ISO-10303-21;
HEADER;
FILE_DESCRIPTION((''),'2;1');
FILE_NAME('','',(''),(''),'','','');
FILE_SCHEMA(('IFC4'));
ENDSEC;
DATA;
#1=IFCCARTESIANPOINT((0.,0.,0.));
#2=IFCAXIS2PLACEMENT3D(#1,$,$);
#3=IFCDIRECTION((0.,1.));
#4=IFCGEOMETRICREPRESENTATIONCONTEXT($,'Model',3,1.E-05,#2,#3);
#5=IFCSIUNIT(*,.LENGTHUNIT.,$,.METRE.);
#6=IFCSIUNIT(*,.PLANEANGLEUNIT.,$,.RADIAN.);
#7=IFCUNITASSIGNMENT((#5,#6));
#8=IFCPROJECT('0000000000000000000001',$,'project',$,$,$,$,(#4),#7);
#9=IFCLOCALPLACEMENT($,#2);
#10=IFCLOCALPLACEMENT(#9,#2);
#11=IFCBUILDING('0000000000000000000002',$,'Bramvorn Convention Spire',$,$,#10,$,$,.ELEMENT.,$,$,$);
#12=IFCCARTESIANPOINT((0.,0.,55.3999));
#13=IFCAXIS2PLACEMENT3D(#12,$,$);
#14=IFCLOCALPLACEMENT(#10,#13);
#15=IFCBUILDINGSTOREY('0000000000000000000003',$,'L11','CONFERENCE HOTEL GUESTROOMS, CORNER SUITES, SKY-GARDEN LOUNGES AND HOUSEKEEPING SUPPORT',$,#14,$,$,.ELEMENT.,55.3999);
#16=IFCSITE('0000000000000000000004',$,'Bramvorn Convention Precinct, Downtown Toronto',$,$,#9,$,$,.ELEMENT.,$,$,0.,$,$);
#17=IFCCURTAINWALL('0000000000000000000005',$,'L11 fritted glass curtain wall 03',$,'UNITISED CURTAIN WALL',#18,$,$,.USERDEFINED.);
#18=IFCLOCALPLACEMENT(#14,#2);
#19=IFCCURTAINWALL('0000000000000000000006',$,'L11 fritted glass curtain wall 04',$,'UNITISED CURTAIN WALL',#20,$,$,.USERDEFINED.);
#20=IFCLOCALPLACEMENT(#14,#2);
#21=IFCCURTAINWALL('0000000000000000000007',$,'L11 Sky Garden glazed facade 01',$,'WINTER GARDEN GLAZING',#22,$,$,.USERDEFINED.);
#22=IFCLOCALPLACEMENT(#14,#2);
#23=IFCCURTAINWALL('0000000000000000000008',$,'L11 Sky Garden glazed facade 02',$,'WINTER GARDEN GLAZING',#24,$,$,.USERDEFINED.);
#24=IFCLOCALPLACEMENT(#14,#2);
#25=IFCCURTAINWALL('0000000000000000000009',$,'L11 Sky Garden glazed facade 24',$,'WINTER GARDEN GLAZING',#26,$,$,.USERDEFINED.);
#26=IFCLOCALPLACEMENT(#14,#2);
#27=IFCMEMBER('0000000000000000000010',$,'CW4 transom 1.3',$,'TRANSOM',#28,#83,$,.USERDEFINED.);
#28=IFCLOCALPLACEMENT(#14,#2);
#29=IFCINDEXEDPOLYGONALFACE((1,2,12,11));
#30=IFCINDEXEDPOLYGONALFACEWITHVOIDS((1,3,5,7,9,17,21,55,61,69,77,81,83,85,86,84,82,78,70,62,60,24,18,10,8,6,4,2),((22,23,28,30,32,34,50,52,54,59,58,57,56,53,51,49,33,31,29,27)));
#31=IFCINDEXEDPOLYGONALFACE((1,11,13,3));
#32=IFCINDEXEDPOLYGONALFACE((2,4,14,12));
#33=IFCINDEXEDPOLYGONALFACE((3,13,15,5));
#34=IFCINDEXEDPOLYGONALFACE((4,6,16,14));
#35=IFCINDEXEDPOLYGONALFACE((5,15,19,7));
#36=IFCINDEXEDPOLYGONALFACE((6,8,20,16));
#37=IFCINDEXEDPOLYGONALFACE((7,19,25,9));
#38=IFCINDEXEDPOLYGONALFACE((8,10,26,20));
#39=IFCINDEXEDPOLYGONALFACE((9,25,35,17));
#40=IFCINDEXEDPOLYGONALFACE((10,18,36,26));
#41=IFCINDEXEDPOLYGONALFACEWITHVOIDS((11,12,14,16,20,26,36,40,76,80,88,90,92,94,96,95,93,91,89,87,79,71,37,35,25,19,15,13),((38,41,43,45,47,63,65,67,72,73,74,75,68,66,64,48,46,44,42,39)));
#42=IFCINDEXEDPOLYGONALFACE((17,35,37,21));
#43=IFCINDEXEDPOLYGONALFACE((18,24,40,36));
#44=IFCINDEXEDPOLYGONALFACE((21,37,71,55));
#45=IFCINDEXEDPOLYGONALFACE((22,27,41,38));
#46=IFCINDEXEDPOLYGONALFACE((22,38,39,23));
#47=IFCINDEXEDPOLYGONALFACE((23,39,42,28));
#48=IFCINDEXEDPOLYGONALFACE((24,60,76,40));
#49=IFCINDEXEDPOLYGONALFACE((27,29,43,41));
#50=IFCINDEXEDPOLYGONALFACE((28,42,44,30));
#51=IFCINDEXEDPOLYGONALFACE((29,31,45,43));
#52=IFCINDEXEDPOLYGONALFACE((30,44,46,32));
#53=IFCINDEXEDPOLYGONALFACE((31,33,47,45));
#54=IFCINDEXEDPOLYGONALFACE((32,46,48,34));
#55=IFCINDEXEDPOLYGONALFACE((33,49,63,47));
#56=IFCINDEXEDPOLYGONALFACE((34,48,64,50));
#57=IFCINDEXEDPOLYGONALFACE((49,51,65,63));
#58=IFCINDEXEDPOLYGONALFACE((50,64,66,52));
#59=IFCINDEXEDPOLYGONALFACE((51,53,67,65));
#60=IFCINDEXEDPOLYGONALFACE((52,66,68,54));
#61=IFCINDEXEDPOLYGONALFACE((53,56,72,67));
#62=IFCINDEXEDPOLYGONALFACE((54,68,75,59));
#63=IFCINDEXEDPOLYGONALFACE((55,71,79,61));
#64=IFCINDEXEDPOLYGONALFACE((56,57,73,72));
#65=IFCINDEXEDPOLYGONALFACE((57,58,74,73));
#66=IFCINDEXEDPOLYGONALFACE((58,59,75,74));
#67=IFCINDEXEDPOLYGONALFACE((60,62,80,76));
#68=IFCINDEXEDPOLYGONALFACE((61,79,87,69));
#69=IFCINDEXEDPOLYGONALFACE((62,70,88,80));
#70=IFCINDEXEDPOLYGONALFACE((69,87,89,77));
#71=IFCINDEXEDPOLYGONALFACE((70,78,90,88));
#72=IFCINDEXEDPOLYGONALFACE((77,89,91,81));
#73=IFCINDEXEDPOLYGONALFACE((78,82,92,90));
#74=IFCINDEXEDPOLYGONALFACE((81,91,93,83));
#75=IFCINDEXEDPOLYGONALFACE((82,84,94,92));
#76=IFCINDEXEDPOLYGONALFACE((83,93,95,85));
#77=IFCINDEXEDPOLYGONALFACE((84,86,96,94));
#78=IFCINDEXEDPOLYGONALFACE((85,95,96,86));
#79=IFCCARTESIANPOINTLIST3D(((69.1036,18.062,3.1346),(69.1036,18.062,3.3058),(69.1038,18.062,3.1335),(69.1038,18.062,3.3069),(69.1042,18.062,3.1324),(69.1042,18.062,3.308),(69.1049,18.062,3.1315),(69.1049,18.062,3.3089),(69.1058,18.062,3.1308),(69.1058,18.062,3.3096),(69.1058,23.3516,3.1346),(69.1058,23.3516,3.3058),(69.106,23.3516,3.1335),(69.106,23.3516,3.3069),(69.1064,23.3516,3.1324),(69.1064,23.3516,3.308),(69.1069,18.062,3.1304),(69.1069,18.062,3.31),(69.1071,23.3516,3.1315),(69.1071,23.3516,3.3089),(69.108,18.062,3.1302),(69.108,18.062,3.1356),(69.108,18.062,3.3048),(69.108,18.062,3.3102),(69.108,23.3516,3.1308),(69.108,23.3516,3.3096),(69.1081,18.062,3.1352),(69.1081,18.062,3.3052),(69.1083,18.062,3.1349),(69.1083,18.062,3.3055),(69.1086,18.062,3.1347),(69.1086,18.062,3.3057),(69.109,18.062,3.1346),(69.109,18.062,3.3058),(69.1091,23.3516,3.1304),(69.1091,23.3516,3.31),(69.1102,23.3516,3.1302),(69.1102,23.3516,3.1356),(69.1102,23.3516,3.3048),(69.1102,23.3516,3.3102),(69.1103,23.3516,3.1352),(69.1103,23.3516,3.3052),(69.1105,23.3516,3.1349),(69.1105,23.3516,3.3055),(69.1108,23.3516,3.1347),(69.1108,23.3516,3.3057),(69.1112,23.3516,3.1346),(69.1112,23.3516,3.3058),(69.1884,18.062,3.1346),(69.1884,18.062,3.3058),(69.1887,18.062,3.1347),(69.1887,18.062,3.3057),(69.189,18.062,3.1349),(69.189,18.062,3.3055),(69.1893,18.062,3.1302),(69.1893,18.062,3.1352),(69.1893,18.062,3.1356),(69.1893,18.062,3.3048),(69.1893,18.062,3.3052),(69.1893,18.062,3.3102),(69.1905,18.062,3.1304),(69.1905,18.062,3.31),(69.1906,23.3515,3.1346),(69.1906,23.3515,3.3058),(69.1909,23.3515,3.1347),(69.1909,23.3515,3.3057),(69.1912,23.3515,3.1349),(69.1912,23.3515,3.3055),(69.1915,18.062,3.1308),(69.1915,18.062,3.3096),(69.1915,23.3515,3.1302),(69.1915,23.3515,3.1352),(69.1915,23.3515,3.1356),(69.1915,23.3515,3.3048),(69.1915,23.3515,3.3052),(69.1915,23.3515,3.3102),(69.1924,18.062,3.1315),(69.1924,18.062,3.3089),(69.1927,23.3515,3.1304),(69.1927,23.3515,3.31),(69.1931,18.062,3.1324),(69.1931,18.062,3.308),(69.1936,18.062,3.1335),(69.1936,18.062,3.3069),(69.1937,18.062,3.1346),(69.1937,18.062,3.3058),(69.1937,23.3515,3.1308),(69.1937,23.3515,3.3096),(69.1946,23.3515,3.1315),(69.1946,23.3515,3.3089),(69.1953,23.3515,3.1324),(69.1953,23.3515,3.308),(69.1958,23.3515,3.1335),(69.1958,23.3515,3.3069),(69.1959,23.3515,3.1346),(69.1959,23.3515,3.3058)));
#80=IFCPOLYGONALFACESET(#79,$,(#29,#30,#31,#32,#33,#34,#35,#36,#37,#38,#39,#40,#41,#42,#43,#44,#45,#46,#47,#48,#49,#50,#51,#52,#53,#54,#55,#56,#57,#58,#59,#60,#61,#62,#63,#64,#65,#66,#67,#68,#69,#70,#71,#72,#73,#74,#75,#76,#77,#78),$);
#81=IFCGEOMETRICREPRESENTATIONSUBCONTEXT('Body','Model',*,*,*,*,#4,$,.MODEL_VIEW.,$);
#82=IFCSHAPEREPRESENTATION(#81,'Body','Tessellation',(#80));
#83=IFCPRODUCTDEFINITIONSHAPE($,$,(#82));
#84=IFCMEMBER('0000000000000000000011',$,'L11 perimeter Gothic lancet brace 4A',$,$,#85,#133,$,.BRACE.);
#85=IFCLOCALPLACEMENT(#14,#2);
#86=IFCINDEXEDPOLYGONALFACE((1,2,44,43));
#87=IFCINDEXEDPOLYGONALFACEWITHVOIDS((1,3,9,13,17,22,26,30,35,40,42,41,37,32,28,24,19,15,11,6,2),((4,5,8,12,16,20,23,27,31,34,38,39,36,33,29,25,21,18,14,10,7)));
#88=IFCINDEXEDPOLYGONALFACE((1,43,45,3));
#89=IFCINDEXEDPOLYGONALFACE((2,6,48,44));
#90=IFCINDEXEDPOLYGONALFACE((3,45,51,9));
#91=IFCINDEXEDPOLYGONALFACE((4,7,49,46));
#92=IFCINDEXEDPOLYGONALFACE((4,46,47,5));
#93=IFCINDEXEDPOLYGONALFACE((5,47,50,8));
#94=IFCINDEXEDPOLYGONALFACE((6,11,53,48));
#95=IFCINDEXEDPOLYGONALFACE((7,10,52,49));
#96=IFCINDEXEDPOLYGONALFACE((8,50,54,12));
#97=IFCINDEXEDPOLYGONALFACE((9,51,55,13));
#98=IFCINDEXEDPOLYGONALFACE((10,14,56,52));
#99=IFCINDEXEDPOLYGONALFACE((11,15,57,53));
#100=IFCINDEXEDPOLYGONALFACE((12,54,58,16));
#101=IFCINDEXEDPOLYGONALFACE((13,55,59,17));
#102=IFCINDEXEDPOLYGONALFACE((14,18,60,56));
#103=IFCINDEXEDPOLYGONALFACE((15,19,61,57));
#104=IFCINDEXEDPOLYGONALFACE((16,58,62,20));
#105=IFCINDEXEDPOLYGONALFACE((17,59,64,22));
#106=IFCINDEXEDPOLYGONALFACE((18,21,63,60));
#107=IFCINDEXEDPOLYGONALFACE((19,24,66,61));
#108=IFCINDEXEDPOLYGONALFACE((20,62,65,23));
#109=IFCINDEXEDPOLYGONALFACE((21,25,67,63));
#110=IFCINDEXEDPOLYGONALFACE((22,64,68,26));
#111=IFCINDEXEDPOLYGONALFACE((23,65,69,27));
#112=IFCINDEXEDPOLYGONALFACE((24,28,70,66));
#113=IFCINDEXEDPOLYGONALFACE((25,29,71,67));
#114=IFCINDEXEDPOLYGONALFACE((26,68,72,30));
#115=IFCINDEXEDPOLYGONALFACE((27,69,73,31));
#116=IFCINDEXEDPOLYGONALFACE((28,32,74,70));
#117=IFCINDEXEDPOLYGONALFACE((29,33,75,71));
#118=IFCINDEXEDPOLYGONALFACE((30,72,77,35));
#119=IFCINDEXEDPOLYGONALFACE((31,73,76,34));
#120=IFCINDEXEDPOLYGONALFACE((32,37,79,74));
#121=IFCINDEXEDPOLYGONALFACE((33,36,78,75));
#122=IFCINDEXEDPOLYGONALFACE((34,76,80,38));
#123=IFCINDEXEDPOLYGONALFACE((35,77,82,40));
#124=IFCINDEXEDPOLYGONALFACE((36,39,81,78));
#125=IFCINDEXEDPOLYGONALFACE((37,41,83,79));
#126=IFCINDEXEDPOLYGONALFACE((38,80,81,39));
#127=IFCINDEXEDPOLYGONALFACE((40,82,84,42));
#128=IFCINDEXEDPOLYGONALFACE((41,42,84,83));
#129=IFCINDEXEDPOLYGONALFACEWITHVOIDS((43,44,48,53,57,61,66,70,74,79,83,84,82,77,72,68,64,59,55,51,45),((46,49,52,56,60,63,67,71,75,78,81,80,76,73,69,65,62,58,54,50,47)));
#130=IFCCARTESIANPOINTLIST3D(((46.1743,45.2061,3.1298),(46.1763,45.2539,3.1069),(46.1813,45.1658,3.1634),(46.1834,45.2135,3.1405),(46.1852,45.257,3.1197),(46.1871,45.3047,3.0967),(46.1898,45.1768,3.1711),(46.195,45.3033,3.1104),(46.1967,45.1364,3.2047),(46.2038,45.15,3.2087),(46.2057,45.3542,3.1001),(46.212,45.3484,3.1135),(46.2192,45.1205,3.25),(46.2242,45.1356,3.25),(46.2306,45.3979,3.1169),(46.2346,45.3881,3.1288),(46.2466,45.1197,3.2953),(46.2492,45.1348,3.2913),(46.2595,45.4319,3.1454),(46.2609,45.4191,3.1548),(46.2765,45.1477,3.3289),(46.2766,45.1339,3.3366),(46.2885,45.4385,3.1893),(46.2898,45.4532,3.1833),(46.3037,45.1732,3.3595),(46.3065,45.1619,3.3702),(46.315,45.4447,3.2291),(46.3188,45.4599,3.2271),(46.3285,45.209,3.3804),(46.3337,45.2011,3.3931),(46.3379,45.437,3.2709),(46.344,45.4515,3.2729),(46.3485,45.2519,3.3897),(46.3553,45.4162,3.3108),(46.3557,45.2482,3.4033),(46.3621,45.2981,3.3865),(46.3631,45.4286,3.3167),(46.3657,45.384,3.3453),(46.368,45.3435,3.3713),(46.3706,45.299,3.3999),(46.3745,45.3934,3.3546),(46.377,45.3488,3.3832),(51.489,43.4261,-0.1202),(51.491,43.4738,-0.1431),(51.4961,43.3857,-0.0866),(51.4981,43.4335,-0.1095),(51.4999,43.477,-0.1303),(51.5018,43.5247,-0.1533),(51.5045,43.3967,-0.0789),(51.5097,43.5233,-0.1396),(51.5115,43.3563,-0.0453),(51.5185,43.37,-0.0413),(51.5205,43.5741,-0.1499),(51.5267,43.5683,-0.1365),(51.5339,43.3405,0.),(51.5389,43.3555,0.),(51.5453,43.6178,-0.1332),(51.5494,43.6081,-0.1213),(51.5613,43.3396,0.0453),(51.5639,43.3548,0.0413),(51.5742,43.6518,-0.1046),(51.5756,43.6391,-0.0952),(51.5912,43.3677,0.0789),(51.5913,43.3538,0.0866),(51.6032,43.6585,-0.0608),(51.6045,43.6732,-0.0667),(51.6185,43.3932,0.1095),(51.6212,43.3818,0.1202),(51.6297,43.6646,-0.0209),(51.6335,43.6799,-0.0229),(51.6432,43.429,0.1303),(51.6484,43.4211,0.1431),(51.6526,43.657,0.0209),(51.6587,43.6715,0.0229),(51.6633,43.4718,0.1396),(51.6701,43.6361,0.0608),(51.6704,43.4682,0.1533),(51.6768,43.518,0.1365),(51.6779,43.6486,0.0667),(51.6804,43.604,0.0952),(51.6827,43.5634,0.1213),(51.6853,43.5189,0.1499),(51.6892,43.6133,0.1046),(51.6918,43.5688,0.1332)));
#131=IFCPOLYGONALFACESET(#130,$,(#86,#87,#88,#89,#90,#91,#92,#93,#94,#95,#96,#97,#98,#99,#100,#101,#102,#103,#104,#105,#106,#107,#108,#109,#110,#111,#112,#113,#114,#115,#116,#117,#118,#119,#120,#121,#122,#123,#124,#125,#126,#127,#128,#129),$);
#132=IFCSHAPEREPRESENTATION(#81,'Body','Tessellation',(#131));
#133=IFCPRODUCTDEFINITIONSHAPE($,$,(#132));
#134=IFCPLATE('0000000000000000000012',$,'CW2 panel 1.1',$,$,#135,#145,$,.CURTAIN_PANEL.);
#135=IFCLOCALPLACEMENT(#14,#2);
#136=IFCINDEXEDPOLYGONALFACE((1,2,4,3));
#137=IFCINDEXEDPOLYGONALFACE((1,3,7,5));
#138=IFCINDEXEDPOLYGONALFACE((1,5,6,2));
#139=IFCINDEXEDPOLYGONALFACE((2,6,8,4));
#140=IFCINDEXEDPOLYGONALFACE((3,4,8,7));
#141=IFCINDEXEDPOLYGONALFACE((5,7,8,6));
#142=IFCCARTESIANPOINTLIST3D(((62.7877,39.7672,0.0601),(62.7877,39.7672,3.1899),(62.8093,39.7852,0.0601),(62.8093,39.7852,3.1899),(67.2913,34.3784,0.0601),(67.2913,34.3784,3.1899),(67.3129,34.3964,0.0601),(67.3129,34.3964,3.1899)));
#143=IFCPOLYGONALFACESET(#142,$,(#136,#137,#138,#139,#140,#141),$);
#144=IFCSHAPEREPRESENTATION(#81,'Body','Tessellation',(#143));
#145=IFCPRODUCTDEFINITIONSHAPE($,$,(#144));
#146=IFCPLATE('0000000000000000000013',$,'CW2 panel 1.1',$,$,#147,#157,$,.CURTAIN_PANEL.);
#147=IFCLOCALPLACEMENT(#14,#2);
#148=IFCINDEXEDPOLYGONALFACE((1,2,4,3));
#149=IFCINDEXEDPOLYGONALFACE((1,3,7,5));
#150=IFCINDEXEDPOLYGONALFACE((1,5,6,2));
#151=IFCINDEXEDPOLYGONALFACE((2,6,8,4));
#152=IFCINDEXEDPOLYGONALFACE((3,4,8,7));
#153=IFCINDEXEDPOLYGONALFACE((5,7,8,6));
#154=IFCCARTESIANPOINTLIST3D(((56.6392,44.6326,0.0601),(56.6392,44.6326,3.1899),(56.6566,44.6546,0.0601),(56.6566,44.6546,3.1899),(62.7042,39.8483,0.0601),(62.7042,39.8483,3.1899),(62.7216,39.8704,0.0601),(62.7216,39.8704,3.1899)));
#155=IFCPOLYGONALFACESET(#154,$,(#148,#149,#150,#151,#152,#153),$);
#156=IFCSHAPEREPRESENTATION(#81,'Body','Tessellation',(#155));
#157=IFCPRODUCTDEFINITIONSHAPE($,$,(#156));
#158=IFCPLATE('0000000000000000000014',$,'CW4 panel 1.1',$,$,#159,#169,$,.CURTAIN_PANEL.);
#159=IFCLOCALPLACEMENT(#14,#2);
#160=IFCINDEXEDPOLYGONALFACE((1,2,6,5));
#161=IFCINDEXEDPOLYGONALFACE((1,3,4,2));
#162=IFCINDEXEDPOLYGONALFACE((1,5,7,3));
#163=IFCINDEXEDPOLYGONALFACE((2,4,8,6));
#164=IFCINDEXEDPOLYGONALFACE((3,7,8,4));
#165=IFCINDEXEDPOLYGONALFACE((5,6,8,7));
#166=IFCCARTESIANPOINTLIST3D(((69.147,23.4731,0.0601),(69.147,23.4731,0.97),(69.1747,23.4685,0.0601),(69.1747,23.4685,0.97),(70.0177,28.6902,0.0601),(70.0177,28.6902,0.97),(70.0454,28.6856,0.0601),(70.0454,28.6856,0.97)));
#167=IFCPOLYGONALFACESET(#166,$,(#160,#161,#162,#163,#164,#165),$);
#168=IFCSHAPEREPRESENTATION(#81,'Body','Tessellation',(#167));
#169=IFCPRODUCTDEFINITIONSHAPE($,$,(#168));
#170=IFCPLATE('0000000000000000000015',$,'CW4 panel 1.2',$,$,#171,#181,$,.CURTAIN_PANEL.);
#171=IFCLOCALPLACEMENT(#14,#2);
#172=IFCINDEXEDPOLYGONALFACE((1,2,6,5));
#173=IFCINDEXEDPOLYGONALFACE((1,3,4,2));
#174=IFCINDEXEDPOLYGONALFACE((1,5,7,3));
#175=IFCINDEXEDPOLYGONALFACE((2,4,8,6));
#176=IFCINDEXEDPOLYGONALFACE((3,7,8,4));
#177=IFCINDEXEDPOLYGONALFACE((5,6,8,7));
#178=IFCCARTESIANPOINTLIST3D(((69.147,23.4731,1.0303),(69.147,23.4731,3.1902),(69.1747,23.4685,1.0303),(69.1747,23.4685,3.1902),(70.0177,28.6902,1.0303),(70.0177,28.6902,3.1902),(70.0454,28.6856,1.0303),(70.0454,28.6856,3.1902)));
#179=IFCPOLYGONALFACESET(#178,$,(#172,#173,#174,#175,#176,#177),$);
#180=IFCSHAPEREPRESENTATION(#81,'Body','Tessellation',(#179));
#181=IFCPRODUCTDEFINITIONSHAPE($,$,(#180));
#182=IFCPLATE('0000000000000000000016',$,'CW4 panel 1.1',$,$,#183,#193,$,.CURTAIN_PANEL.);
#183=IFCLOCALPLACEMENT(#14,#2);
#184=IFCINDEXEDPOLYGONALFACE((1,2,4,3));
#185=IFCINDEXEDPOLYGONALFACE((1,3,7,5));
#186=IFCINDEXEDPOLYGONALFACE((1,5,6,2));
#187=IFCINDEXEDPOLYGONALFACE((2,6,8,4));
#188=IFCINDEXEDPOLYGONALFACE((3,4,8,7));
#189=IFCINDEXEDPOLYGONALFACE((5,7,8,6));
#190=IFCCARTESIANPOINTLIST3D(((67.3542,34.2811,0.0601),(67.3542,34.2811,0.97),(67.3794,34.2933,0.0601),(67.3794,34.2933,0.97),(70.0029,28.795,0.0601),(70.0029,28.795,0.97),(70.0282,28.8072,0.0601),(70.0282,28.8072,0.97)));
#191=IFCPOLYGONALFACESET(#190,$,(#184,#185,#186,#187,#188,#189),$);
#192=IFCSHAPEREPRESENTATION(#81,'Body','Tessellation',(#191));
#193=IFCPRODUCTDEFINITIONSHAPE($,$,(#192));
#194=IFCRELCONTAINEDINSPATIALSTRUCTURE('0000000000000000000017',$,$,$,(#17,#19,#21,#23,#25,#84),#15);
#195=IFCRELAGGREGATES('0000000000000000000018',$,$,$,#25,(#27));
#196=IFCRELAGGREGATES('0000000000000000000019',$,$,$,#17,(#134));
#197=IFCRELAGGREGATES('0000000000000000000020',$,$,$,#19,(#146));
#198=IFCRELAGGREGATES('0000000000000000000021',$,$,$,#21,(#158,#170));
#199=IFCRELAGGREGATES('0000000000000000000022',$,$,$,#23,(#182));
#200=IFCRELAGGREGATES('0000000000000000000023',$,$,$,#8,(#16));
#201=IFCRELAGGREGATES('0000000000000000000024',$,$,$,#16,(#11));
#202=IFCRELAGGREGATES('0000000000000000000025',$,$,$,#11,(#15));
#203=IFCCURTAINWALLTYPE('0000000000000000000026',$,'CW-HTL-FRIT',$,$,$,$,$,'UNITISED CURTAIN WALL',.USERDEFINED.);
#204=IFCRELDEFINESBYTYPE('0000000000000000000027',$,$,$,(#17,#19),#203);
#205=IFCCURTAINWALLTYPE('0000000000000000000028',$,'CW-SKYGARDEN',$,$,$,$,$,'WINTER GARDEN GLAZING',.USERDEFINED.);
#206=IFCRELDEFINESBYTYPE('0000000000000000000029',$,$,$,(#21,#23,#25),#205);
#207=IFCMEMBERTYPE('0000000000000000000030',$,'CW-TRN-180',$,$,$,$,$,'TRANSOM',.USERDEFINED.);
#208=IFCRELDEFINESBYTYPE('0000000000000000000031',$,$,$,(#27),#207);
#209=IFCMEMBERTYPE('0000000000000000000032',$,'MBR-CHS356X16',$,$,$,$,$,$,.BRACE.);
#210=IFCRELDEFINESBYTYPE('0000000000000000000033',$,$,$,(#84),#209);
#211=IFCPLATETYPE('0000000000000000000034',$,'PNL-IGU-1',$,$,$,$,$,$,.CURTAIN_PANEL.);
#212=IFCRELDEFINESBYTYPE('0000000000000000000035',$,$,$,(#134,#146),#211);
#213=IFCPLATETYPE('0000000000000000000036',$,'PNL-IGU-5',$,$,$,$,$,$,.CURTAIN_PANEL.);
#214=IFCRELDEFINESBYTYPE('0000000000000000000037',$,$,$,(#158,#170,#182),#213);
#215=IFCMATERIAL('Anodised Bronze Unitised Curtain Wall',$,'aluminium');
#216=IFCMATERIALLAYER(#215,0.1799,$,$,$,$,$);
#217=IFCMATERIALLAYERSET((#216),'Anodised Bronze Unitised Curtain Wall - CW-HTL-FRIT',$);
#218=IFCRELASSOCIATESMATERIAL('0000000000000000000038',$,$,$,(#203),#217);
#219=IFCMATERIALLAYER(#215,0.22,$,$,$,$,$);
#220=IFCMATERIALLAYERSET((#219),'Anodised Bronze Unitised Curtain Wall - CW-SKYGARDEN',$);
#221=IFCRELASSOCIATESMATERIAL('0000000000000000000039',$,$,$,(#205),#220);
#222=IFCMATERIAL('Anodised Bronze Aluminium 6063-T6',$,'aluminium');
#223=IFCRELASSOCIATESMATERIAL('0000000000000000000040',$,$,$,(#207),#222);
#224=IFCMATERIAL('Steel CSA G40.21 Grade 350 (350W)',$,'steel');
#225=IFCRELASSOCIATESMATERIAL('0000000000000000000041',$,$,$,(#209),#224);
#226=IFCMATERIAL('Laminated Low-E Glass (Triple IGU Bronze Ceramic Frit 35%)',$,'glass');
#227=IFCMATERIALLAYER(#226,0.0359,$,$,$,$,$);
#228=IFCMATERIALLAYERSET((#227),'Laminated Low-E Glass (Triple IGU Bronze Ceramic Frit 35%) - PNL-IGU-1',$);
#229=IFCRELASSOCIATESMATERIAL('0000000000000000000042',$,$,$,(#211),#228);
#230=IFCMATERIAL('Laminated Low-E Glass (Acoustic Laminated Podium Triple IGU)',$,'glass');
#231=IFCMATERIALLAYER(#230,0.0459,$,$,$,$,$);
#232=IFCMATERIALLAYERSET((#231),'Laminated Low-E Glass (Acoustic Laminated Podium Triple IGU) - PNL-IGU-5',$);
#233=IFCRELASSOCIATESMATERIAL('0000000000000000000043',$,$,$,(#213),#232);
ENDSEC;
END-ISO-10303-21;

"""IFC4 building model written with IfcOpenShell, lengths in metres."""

from ifc_helpers import new_model, si_unit, direction, frame, origin, origin_2d, place, context, subcontext, project, spatial, rectangle, hollow_rectangle, hollow_circle, extrude, material, layer, layer_set, material_profile, profile_set, type_object, element, aggregate, save


model = new_model("IFC4")

# Units and contexts
model_context = context("Model", 3, precision=1e-05, world=origin(), true_north=direction((0.0, 1.0)))
body_context = subcontext(model_context, "Body", "Model", "MODEL_VIEW")
ifc_project = project(units=[si_unit("LENGTHUNIT", "METRE"), si_unit("PLANEANGLEUNIT", "RADIAN")], contexts=[model_context])

# Site, building, storey
site_placement = place(None, origin())
site = spatial("IfcSite", under=ifc_project, at=site_placement, Name="Bramvorn Convention Precinct, Downtown Toronto", CompositionType="ELEMENT", RefElevation=0.0)
building_placement = place(site_placement, origin())
building = spatial("IfcBuilding", under=site, at=building_placement, Name="Bramvorn Convention Spire", CompositionType="ELEMENT")
storey_placement = place(building_placement, frame((0.0, 0.0, 55.3999)))
storey = spatial("IfcBuildingStorey", under=building, at=storey_placement, Name="L11", Description="CONFERENCE HOTEL GUESTROOMS, CORNER SUITES, SKY-GARDEN LOUNGES AND HOUSEKEEPING SUPPORT", CompositionType="ELEMENT", Elevation=55.3999)

# Shared definitions
ifc_material_1 = material(Name="Steel CSA G40.21 Grade 350 (350W)", Category="steel")

# Curtain walls
ifc_material_2 = material(Name="Anodised Bronze Unitised Curtain Wall", Category="aluminium")
ifc_layer_1 = layer(ifc_material_2, 0.1799)
ifc_layer_set_1 = layer_set([ifc_layer_1], Name="Anodised Bronze Unitised Curtain Wall - CW-HTL-FRIT")
curtain_wall_type_1 = type_object("IfcCurtainWallType", Name="CW-HTL-FRIT", ElementType="UNITISED CURTAIN WALL", PredefinedType="USERDEFINED", material=ifc_layer_set_1)
curtain_wall_1_placement = place(storey_placement, origin())
curtain_wall_1 = element("IfcCurtainWall", 1, at=curtain_wall_1_placement, inside=storey, type_object=curtain_wall_type_1, Name="L11 fritted glass curtain wall 03", ObjectType="UNITISED CURTAIN WALL", PredefinedType="USERDEFINED")
ifc_material_3 = material(Name="Anodised Bronze Aluminium 6063-T6", Category="aluminium")
curtain_wall_2_placement = place(storey_placement, origin())
curtain_wall_2 = element("IfcCurtainWall", 2, at=curtain_wall_2_placement, inside=storey, type_object=curtain_wall_type_1, Name="L11 fritted glass curtain wall 04", ObjectType="UNITISED CURTAIN WALL", PredefinedType="USERDEFINED")
ifc_layer_2 = layer(ifc_material_2, 0.22)
ifc_layer_set_2 = layer_set([ifc_layer_2], Name="Anodised Bronze Unitised Curtain Wall - CW-SKYGARDEN")
curtain_wall_type_2 = type_object("IfcCurtainWallType", Name="CW-SKYGARDEN", ElementType="WINTER GARDEN GLAZING", PredefinedType="USERDEFINED", material=ifc_layer_set_2)
curtain_wall_3_placement = place(storey_placement, origin())
curtain_wall_3 = element("IfcCurtainWall", 3, at=curtain_wall_3_placement, inside=storey, type_object=curtain_wall_type_2, Name="L11 Sky Garden glazed facade 01", ObjectType="WINTER GARDEN GLAZING", PredefinedType="USERDEFINED")
curtain_wall_4_placement = place(storey_placement, origin())
curtain_wall_4 = element("IfcCurtainWall", 4, at=curtain_wall_4_placement, inside=storey, type_object=curtain_wall_type_2, Name="L11 Sky Garden glazed facade 02", ObjectType="WINTER GARDEN GLAZING", PredefinedType="USERDEFINED")

# Curtain wall
curtain_wall_5_placement = place(storey_placement, origin())
curtain_wall_5 = element("IfcCurtainWall", 5, at=curtain_wall_5_placement, inside=storey, type_object=curtain_wall_type_2, Name="L11 Sky Garden glazed facade 24", ObjectType="WINTER GARDEN GLAZING", PredefinedType="USERDEFINED")

# Members
ifc_material_profile_1 = material_profile(ifc_material_3, hollow_rectangle(XDim=0.0901, YDim=0.1799, WallThickness=0.0044, InnerFilletRadius=0.001, OuterFilletRadius=0.0044, at=origin_2d()))
ifc_profile_set_1 = profile_set([ifc_material_profile_1], Name="Anodised Bronze Aluminium 6063-T6 - CWT90X180")
member_type_1 = type_object("IfcMemberType", Name="CW-TRN-180", ElementType="TRANSOM", PredefinedType="USERDEFINED", material=ifc_profile_set_1)
member_1_placement = place(storey_placement, frame((69.1509, 23.3516, 3.2202), z_axis=(-0.000415, -1.0, 0.0), x_axis=(1.0, -0.000415, 0.0)))
member_1 = element("IfcMember", 6, at=member_1_placement, type_object=member_type_1, Name="CW4 transom 1.3", ObjectType="TRANSOM", PredefinedType="USERDEFINED", context=body_context, shape_type="SweptSolid", body=[
    extrude(hollow_rectangle(XDim=0.0901, YDim=0.1799, WallThickness=0.0044, InnerFilletRadius=0.001, OuterFilletRadius=0.0044, at=origin_2d()), origin(), (0.0, 0.0, 1.0), 5.2896),
])
aggregate(curtain_wall_5, [member_1])
ifc_material_profile_2 = material_profile(ifc_material_1, hollow_circle(Radius=0.1777, WallThickness=0.0159, at=origin_2d()))
ifc_profile_set_2 = profile_set([ifc_material_profile_2], Name="Steel CSA G40.21 Grade 350 (350W) - CHS356X16")
member_type_2 = type_object("IfcMemberType", Name="MBR-CHS356X16", PredefinedType="BRACE", material=ifc_profile_set_2)
member_2_placement = place(storey_placement, frame((51.5903, 43.509, 0.0), z_axis=(-0.8203, 0.27474, 0.501623), x_axis=(-0.317586, -0.948229, 0.0)))
element("IfcMember", 7, at=member_2_placement, inside=storey, type_object=member_type_2, Name="L11 perimeter Gothic lancet brace 4A", PredefinedType="BRACE", context=body_context, shape_type="SweptSolid", body=[
    extrude(hollow_circle(Radius=0.1777, WallThickness=0.0159, at=origin_2d()), origin(), (0.0, 0.0, 1.0), 6.479),
])

# Plates
ifc_material_4 = material(Name="Laminated Low-E Glass (Triple IGU Bronze Ceramic Frit 35%)", Category="glass")
ifc_layer_3 = layer(ifc_material_4, 0.0359)
ifc_layer_set_3 = layer_set([ifc_layer_3], Name="Laminated Low-E Glass (Triple IGU Bronze Ceramic Frit 35%) - PNL-IGU-1")
plate_type_1 = type_object("IfcPlateType", Name="PNL-IGU-1", PredefinedType="CURTAIN_PANEL", material=ifc_layer_set_3)
plate_1_placement = place(storey_placement, frame((65.0503, 37.0818, 0.0601), z_axis=(0.0, 0.0, 1.0), x_axis=(0.641272, -0.767314, 0.0)))
plate_1 = element("IfcPlate", 8, at=plate_1_placement, type_object=plate_type_1, Name="CW2 panel 1.1", PredefinedType="CURTAIN_PANEL", context=body_context, shape_type="SweptSolid", body=[
    extrude(rectangle(XDim=7.0229, YDim=0.0281, at=origin_2d()), origin(), (0.0, 0.0, 1.0), 3.1299),
])
aggregate(curtain_wall_1, [plate_1])
plate_2_placement = place(storey_placement, frame((59.6804, 42.2515, 0.0601), z_axis=(0.0, 0.0, 1.0), x_axis=(0.785131, -0.61933, 0.0)))
plate_2 = element("IfcPlate", 9, at=plate_2_placement, type_object=plate_type_1, Name="CW2 panel 1.1", PredefinedType="CURTAIN_PANEL", context=body_context, shape_type="SweptSolid", body=[
    extrude(rectangle(XDim=7.7249, YDim=0.0281, at=origin_2d()), origin(), (0.0, 0.0, 1.0), 3.1299),
])
aggregate(curtain_wall_2, [plate_2])
ifc_material_5 = material(Name="Laminated Low-E Glass (Acoustic Laminated Podium Triple IGU)", Category="glass")
ifc_layer_4 = layer(ifc_material_5, 0.0459)
ifc_layer_set_4 = layer_set([ifc_layer_4], Name="Laminated Low-E Glass (Acoustic Laminated Podium Triple IGU) - PNL-IGU-5")
plate_type_2 = type_object("IfcPlateType", Name="PNL-IGU-5", PredefinedType="CURTAIN_PANEL", material=ifc_layer_set_4)
plate_3_placement = place(storey_placement, frame((69.5962, 26.0793, 0.0601), z_axis=(0.0, 0.0, 1.0), x_axis=(-0.164621, -0.986357, 0.0)))
plate_3 = element("IfcPlate", 10, at=plate_3_placement, type_object=plate_type_2, Name="CW4 panel 1.1", PredefinedType="CURTAIN_PANEL", context=body_context, shape_type="SweptSolid", body=[
    extrude(rectangle(XDim=5.2893, YDim=0.0281, at=origin_2d()), origin(), (0.0, 0.0, 1.0), 0.9099),
])
plate_4_placement = place(storey_placement, frame((69.5962, 26.0793, 1.0303), z_axis=(0.0, 0.0, 1.0), x_axis=(-0.164621, -0.986357, 0.0)))
plate_4 = element("IfcPlate", 11, at=plate_4_placement, type_object=plate_type_2, Name="CW4 panel 1.2", PredefinedType="CURTAIN_PANEL", context=body_context, shape_type="SweptSolid", body=[
    extrude(rectangle(XDim=5.2893, YDim=0.0281, at=origin_2d()), origin(), (0.0, 0.0, 1.0), 2.1599),
])
aggregate(curtain_wall_3, [plate_3, plate_4])
plate_5_placement = place(storey_placement, frame((68.6912, 31.5442, 0.0601), z_axis=(0.0, 0.0, 1.0), x_axis=(0.434782, -0.900536, 0.0)))
plate_5 = element("IfcPlate", 12, at=plate_5_placement, type_object=plate_type_2, Name="CW4 panel 1.1", PredefinedType="CURTAIN_PANEL", context=body_context, shape_type="SweptSolid", body=[
    extrude(rectangle(XDim=6.092, YDim=0.0281, at=origin_2d()), origin(), (0.0, 0.0, 1.0), 0.9099),
])
aggregate(curtain_wall_4, [plate_5])

save(model, "model.ifc")
